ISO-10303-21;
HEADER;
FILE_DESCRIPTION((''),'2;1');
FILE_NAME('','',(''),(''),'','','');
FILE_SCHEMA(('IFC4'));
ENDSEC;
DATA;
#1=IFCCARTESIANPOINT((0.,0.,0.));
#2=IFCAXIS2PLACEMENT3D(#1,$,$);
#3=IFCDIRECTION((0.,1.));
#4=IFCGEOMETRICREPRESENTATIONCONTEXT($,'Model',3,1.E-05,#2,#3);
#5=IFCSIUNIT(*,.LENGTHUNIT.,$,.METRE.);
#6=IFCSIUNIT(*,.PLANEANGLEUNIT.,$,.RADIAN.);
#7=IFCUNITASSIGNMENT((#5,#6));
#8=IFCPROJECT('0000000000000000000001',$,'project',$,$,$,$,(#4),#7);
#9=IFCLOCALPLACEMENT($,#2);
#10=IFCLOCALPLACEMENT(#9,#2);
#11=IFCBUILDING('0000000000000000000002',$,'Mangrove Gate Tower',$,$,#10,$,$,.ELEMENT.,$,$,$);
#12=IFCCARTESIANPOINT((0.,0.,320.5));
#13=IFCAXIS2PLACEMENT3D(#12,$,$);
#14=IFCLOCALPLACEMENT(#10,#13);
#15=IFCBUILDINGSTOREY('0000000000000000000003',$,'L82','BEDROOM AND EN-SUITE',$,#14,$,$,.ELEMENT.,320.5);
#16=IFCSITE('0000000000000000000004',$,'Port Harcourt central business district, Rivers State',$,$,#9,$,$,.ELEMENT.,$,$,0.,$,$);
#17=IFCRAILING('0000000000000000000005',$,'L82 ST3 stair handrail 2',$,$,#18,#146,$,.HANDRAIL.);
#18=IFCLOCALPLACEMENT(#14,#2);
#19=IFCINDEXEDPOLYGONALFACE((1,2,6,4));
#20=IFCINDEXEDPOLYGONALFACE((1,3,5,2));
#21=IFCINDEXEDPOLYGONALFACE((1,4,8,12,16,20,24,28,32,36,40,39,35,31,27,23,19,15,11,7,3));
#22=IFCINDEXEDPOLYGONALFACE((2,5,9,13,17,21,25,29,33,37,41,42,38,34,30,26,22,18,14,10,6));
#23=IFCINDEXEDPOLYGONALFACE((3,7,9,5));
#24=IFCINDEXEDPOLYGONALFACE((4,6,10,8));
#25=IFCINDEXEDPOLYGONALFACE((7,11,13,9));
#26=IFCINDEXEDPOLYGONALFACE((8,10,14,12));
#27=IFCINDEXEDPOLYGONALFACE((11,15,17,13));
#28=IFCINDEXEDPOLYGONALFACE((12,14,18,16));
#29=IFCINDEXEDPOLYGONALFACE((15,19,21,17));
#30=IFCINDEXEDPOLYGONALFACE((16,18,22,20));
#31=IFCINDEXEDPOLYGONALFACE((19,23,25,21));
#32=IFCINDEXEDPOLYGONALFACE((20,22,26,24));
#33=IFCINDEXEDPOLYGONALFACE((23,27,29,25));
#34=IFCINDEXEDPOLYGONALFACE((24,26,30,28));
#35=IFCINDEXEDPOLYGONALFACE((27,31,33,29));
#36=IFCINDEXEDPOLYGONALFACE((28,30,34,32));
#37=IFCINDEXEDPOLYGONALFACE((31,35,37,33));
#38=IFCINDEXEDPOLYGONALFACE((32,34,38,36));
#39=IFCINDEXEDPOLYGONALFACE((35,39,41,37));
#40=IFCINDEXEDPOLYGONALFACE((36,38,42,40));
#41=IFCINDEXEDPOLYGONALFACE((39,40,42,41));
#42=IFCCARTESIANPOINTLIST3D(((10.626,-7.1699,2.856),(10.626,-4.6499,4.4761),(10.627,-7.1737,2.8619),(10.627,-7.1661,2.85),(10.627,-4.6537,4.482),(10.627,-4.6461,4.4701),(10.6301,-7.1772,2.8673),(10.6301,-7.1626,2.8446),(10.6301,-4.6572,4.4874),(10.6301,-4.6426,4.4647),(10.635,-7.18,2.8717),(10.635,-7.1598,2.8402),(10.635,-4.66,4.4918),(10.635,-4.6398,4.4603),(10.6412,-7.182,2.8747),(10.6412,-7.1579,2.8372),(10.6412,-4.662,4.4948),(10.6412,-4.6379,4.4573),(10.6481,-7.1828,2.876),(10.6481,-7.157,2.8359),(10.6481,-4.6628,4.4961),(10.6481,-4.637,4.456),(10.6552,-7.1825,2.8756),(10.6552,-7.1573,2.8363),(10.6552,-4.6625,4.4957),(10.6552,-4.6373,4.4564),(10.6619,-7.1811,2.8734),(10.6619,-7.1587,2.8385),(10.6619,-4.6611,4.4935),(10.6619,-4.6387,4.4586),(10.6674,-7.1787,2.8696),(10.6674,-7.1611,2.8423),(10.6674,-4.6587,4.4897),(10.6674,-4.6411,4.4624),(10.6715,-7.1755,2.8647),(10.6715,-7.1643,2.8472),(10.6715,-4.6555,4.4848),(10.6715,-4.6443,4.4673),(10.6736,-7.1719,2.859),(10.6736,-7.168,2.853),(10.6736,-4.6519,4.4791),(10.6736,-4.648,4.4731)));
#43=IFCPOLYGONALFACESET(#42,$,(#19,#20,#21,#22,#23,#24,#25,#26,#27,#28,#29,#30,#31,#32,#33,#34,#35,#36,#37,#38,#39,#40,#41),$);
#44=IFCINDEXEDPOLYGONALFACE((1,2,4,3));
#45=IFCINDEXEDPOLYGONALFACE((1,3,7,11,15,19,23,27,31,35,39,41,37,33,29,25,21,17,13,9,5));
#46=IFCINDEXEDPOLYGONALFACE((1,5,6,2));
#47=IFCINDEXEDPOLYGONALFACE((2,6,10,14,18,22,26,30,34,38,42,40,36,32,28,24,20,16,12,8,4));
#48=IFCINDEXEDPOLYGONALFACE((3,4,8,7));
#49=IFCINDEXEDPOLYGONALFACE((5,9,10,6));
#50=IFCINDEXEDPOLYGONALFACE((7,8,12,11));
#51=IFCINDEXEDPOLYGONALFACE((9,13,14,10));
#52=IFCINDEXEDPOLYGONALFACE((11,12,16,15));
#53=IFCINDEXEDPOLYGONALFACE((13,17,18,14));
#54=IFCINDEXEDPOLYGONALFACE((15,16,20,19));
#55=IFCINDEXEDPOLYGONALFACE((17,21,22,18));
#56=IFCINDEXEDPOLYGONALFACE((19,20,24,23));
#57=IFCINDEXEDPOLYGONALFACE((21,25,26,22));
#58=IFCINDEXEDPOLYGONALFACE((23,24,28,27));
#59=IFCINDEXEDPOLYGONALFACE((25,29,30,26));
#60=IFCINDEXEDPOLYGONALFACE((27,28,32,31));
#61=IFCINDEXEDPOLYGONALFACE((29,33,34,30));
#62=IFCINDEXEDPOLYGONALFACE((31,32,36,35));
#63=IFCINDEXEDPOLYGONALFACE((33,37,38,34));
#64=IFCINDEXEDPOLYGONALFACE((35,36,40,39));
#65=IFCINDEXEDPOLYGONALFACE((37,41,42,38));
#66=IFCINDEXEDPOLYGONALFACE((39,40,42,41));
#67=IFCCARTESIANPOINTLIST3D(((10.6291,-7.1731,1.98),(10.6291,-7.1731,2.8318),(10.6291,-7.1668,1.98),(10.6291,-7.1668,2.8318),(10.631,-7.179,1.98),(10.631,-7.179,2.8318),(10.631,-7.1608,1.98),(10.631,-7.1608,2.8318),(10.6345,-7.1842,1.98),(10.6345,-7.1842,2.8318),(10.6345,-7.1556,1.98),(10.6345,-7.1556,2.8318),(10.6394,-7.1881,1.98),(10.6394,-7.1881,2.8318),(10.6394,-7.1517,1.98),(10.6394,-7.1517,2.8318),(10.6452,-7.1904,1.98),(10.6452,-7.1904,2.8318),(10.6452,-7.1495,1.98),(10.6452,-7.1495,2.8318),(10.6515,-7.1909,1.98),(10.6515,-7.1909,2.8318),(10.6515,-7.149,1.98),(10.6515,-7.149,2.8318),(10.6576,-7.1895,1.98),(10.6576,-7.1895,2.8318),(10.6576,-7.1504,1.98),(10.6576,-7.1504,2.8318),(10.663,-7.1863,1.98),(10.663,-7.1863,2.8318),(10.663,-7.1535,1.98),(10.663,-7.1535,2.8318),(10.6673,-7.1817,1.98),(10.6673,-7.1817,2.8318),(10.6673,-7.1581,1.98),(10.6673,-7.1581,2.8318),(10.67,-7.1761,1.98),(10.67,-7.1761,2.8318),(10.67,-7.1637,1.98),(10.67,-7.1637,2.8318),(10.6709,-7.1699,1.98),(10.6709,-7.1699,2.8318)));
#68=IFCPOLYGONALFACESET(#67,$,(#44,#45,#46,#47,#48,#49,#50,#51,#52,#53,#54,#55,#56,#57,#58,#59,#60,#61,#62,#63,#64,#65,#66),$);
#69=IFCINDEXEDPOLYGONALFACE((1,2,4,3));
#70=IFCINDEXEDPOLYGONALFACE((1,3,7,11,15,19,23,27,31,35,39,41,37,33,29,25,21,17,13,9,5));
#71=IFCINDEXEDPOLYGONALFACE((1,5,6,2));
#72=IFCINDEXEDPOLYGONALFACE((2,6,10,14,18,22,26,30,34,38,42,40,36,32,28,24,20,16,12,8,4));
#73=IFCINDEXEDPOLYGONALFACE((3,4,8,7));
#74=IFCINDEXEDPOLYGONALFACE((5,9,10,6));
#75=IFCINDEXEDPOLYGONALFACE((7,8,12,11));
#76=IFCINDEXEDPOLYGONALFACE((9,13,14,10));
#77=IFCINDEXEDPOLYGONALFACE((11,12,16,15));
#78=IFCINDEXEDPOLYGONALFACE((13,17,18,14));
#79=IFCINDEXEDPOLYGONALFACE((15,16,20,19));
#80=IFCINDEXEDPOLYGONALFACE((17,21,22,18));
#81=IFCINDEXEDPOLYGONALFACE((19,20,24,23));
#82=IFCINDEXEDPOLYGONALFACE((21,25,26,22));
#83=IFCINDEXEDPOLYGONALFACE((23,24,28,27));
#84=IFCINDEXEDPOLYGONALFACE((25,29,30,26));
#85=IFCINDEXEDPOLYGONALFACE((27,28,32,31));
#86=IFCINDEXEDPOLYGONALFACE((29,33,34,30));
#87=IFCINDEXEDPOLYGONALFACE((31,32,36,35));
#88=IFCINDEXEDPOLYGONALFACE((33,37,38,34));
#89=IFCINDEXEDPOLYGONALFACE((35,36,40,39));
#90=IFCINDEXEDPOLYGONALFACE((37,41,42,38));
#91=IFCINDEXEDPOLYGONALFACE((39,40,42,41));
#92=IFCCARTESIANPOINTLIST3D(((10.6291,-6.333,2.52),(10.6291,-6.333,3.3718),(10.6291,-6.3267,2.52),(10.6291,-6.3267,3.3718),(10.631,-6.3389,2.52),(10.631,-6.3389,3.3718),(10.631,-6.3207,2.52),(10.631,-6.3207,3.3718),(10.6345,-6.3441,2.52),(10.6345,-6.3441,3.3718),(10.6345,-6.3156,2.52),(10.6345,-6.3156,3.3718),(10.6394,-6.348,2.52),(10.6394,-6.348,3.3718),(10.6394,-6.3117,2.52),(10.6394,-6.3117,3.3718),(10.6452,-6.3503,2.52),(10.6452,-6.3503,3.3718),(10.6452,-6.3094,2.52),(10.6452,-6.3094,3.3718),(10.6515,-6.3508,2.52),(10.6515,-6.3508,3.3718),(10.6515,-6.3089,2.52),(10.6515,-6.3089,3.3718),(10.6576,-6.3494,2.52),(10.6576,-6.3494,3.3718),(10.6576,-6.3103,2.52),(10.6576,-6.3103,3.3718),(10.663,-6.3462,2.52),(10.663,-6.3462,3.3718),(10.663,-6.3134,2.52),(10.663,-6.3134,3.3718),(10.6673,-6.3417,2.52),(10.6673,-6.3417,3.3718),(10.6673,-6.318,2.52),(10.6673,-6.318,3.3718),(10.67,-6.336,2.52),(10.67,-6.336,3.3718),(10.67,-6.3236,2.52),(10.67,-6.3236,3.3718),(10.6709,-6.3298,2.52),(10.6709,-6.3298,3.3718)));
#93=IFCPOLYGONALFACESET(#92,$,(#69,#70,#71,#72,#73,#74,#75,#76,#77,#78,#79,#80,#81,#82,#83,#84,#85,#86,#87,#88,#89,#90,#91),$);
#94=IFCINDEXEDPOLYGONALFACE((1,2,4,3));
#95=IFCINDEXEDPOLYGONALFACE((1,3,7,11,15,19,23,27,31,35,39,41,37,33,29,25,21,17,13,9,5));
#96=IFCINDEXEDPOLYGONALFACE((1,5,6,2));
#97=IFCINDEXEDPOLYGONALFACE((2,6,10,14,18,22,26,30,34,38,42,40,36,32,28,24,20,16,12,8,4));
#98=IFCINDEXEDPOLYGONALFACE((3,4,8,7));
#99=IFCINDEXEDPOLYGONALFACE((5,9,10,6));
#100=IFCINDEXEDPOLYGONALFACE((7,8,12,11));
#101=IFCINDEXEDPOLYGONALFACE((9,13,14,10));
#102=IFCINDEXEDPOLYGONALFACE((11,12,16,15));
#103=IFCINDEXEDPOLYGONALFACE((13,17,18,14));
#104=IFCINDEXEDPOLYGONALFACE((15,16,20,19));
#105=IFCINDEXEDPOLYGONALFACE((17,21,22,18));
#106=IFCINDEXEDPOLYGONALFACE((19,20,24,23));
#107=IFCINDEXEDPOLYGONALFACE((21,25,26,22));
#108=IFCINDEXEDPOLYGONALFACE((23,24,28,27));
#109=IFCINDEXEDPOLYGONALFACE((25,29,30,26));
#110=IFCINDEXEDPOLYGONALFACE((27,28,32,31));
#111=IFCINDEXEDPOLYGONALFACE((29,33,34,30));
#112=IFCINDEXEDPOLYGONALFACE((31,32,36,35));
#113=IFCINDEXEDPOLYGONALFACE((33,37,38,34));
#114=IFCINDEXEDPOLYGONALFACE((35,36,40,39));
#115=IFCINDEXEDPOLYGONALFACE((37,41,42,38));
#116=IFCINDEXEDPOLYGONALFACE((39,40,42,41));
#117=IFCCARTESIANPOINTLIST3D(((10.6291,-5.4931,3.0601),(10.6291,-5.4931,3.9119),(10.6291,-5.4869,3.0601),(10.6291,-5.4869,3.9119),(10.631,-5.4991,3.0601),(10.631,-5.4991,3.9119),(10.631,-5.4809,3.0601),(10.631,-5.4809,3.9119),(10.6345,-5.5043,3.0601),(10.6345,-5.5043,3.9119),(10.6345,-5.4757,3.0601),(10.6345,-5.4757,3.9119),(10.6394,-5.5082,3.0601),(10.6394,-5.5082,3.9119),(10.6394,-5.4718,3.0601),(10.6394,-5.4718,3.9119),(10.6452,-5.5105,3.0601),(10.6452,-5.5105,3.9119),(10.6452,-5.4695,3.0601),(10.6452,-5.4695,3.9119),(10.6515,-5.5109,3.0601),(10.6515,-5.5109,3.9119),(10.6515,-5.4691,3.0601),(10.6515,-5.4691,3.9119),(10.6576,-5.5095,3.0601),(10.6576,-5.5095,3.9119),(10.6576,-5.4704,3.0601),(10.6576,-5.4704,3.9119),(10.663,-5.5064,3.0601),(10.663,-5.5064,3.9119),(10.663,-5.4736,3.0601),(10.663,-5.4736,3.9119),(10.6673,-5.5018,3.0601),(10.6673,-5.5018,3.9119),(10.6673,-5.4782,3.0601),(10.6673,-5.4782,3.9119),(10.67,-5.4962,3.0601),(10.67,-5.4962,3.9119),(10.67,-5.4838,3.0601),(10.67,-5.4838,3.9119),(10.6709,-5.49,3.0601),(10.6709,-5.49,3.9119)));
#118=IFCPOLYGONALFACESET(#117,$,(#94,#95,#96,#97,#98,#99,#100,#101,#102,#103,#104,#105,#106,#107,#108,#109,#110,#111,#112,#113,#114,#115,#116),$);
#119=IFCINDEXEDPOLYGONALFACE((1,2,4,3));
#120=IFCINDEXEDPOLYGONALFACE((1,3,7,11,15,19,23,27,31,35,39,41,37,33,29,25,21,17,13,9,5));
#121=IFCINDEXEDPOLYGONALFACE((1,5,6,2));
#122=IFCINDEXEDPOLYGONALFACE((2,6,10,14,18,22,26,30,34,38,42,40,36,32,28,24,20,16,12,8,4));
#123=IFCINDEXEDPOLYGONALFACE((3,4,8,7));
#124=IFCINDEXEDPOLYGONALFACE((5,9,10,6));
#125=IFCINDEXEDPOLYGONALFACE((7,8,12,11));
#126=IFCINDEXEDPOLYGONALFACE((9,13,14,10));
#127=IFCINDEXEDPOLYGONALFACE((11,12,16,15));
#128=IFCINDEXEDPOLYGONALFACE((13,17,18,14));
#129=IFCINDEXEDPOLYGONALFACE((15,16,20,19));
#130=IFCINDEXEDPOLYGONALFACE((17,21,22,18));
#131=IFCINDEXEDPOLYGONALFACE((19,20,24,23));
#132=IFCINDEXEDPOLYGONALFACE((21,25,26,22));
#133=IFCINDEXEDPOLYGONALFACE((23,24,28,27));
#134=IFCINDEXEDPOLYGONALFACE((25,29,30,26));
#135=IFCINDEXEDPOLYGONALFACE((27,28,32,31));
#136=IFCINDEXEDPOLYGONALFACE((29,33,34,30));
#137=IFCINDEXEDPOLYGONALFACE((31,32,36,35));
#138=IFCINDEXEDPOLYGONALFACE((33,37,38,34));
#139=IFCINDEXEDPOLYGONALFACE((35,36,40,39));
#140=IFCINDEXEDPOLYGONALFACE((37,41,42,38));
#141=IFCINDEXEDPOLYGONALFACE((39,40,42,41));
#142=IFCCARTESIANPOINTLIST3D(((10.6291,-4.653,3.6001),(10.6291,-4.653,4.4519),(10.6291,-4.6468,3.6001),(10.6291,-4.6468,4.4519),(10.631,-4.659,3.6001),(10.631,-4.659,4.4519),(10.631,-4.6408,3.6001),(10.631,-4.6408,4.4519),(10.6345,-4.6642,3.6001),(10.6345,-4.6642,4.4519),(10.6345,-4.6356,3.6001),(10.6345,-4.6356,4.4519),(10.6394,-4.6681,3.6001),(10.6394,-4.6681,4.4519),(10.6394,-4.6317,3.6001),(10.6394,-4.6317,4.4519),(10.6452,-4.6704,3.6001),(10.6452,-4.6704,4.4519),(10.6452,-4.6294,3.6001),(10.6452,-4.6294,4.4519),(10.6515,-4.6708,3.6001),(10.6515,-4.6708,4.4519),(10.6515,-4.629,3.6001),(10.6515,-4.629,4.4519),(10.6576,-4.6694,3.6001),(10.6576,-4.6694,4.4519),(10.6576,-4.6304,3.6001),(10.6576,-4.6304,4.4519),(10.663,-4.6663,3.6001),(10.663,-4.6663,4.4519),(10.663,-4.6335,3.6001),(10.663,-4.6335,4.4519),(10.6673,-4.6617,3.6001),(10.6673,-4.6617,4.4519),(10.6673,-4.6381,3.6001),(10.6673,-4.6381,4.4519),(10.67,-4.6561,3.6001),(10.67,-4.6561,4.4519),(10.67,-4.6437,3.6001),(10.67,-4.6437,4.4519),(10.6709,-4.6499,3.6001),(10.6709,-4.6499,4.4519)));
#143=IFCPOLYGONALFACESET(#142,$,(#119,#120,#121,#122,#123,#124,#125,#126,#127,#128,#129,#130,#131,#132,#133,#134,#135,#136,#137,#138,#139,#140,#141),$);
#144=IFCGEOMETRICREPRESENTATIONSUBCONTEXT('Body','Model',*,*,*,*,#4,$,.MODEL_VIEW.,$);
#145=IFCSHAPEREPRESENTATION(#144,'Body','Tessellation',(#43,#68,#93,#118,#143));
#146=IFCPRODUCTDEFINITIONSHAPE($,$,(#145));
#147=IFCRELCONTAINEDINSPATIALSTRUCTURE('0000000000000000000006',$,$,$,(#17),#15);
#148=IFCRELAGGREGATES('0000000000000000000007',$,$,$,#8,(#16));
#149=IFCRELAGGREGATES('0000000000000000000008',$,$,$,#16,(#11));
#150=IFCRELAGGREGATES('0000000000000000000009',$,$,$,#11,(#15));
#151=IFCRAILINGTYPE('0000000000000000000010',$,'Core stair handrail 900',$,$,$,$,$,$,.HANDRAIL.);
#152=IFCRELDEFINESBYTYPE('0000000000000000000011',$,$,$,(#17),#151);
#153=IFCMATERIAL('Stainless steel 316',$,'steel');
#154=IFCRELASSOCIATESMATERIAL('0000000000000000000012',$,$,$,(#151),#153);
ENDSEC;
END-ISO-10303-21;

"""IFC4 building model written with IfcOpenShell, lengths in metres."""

from ifc_helpers import new_model, si_unit, direction, frame, origin, origin_2d, place, context, subcontext, project, spatial, circle, extrude, material, type_object, element, save


model = new_model("IFC4")

# Units and contexts
model_context = context("Model", 3, precision=1e-05, world=origin(), true_north=direction((0.0, 1.0)))
body_context = subcontext(model_context, "Body", "Model", "MODEL_VIEW")
ifc_project = project(units=[si_unit("LENGTHUNIT", "METRE"), si_unit("PLANEANGLEUNIT", "RADIAN")], contexts=[model_context])

# Site, building, storey
site_placement = place(None, origin())
site = spatial("IfcSite", under=ifc_project, at=site_placement, Name="Port Harcourt central business district, Rivers State", CompositionType="ELEMENT", RefElevation=0.0)
building_placement = place(site_placement, origin())
building = spatial("IfcBuilding", under=site, at=building_placement, Name="Mangrove Gate Tower", CompositionType="ELEMENT")
storey_placement = place(building_placement, frame((0.0, 0.0, 320.5)))
storey = spatial("IfcBuildingStorey", under=building, at=storey_placement, Name="L82", Description="BEDROOM AND EN-SUITE", CompositionType="ELEMENT", Elevation=320.5)

# Railing
ifc_material_1 = material(Name="Stainless steel 316", Category="steel")
railing_type_1 = type_object("IfcRailingType", Name="Core stair handrail 900", PredefinedType="HANDRAIL", material=ifc_material_1)
railing_1_placement = place(storey_placement, frame((10.6499, -7.1699, 1.98)))
element("IfcRailing", 1, at=railing_1_placement, inside=storey, type_object=railing_type_1, Name="L82 ST3 stair handrail 2", PredefinedType="HANDRAIL", context=body_context, shape_type="SweptSolid", body=[
    extrude(circle(Radius=0.0239, at=origin_2d()), frame((0.0, 0.0, 0.876), z_axis=(0.0, 0.841163, 0.540782), x_axis=(-1.0, 0.0, 0.0)), (0.0, 0.0, 1.0), 2.9958),
    extrude(circle(Radius=0.021, at=origin_2d()), origin(), (0.0, 0.0, 1.0), 0.8518),
    extrude(circle(Radius=0.021, at=origin_2d()), frame((0.0, 0.8401, 0.54)), (0.0, 0.0, 1.0), 0.8518),
    extrude(circle(Radius=0.021, at=origin_2d()), frame((0.0, 1.6799, 1.0801)), (0.0, 0.0, 1.0), 0.8518),
    extrude(circle(Radius=0.021, at=origin_2d()), frame((0.0, 2.52, 1.6201)), (0.0, 0.0, 1.0), 0.8518),
])

save(model, "model.ifc")
